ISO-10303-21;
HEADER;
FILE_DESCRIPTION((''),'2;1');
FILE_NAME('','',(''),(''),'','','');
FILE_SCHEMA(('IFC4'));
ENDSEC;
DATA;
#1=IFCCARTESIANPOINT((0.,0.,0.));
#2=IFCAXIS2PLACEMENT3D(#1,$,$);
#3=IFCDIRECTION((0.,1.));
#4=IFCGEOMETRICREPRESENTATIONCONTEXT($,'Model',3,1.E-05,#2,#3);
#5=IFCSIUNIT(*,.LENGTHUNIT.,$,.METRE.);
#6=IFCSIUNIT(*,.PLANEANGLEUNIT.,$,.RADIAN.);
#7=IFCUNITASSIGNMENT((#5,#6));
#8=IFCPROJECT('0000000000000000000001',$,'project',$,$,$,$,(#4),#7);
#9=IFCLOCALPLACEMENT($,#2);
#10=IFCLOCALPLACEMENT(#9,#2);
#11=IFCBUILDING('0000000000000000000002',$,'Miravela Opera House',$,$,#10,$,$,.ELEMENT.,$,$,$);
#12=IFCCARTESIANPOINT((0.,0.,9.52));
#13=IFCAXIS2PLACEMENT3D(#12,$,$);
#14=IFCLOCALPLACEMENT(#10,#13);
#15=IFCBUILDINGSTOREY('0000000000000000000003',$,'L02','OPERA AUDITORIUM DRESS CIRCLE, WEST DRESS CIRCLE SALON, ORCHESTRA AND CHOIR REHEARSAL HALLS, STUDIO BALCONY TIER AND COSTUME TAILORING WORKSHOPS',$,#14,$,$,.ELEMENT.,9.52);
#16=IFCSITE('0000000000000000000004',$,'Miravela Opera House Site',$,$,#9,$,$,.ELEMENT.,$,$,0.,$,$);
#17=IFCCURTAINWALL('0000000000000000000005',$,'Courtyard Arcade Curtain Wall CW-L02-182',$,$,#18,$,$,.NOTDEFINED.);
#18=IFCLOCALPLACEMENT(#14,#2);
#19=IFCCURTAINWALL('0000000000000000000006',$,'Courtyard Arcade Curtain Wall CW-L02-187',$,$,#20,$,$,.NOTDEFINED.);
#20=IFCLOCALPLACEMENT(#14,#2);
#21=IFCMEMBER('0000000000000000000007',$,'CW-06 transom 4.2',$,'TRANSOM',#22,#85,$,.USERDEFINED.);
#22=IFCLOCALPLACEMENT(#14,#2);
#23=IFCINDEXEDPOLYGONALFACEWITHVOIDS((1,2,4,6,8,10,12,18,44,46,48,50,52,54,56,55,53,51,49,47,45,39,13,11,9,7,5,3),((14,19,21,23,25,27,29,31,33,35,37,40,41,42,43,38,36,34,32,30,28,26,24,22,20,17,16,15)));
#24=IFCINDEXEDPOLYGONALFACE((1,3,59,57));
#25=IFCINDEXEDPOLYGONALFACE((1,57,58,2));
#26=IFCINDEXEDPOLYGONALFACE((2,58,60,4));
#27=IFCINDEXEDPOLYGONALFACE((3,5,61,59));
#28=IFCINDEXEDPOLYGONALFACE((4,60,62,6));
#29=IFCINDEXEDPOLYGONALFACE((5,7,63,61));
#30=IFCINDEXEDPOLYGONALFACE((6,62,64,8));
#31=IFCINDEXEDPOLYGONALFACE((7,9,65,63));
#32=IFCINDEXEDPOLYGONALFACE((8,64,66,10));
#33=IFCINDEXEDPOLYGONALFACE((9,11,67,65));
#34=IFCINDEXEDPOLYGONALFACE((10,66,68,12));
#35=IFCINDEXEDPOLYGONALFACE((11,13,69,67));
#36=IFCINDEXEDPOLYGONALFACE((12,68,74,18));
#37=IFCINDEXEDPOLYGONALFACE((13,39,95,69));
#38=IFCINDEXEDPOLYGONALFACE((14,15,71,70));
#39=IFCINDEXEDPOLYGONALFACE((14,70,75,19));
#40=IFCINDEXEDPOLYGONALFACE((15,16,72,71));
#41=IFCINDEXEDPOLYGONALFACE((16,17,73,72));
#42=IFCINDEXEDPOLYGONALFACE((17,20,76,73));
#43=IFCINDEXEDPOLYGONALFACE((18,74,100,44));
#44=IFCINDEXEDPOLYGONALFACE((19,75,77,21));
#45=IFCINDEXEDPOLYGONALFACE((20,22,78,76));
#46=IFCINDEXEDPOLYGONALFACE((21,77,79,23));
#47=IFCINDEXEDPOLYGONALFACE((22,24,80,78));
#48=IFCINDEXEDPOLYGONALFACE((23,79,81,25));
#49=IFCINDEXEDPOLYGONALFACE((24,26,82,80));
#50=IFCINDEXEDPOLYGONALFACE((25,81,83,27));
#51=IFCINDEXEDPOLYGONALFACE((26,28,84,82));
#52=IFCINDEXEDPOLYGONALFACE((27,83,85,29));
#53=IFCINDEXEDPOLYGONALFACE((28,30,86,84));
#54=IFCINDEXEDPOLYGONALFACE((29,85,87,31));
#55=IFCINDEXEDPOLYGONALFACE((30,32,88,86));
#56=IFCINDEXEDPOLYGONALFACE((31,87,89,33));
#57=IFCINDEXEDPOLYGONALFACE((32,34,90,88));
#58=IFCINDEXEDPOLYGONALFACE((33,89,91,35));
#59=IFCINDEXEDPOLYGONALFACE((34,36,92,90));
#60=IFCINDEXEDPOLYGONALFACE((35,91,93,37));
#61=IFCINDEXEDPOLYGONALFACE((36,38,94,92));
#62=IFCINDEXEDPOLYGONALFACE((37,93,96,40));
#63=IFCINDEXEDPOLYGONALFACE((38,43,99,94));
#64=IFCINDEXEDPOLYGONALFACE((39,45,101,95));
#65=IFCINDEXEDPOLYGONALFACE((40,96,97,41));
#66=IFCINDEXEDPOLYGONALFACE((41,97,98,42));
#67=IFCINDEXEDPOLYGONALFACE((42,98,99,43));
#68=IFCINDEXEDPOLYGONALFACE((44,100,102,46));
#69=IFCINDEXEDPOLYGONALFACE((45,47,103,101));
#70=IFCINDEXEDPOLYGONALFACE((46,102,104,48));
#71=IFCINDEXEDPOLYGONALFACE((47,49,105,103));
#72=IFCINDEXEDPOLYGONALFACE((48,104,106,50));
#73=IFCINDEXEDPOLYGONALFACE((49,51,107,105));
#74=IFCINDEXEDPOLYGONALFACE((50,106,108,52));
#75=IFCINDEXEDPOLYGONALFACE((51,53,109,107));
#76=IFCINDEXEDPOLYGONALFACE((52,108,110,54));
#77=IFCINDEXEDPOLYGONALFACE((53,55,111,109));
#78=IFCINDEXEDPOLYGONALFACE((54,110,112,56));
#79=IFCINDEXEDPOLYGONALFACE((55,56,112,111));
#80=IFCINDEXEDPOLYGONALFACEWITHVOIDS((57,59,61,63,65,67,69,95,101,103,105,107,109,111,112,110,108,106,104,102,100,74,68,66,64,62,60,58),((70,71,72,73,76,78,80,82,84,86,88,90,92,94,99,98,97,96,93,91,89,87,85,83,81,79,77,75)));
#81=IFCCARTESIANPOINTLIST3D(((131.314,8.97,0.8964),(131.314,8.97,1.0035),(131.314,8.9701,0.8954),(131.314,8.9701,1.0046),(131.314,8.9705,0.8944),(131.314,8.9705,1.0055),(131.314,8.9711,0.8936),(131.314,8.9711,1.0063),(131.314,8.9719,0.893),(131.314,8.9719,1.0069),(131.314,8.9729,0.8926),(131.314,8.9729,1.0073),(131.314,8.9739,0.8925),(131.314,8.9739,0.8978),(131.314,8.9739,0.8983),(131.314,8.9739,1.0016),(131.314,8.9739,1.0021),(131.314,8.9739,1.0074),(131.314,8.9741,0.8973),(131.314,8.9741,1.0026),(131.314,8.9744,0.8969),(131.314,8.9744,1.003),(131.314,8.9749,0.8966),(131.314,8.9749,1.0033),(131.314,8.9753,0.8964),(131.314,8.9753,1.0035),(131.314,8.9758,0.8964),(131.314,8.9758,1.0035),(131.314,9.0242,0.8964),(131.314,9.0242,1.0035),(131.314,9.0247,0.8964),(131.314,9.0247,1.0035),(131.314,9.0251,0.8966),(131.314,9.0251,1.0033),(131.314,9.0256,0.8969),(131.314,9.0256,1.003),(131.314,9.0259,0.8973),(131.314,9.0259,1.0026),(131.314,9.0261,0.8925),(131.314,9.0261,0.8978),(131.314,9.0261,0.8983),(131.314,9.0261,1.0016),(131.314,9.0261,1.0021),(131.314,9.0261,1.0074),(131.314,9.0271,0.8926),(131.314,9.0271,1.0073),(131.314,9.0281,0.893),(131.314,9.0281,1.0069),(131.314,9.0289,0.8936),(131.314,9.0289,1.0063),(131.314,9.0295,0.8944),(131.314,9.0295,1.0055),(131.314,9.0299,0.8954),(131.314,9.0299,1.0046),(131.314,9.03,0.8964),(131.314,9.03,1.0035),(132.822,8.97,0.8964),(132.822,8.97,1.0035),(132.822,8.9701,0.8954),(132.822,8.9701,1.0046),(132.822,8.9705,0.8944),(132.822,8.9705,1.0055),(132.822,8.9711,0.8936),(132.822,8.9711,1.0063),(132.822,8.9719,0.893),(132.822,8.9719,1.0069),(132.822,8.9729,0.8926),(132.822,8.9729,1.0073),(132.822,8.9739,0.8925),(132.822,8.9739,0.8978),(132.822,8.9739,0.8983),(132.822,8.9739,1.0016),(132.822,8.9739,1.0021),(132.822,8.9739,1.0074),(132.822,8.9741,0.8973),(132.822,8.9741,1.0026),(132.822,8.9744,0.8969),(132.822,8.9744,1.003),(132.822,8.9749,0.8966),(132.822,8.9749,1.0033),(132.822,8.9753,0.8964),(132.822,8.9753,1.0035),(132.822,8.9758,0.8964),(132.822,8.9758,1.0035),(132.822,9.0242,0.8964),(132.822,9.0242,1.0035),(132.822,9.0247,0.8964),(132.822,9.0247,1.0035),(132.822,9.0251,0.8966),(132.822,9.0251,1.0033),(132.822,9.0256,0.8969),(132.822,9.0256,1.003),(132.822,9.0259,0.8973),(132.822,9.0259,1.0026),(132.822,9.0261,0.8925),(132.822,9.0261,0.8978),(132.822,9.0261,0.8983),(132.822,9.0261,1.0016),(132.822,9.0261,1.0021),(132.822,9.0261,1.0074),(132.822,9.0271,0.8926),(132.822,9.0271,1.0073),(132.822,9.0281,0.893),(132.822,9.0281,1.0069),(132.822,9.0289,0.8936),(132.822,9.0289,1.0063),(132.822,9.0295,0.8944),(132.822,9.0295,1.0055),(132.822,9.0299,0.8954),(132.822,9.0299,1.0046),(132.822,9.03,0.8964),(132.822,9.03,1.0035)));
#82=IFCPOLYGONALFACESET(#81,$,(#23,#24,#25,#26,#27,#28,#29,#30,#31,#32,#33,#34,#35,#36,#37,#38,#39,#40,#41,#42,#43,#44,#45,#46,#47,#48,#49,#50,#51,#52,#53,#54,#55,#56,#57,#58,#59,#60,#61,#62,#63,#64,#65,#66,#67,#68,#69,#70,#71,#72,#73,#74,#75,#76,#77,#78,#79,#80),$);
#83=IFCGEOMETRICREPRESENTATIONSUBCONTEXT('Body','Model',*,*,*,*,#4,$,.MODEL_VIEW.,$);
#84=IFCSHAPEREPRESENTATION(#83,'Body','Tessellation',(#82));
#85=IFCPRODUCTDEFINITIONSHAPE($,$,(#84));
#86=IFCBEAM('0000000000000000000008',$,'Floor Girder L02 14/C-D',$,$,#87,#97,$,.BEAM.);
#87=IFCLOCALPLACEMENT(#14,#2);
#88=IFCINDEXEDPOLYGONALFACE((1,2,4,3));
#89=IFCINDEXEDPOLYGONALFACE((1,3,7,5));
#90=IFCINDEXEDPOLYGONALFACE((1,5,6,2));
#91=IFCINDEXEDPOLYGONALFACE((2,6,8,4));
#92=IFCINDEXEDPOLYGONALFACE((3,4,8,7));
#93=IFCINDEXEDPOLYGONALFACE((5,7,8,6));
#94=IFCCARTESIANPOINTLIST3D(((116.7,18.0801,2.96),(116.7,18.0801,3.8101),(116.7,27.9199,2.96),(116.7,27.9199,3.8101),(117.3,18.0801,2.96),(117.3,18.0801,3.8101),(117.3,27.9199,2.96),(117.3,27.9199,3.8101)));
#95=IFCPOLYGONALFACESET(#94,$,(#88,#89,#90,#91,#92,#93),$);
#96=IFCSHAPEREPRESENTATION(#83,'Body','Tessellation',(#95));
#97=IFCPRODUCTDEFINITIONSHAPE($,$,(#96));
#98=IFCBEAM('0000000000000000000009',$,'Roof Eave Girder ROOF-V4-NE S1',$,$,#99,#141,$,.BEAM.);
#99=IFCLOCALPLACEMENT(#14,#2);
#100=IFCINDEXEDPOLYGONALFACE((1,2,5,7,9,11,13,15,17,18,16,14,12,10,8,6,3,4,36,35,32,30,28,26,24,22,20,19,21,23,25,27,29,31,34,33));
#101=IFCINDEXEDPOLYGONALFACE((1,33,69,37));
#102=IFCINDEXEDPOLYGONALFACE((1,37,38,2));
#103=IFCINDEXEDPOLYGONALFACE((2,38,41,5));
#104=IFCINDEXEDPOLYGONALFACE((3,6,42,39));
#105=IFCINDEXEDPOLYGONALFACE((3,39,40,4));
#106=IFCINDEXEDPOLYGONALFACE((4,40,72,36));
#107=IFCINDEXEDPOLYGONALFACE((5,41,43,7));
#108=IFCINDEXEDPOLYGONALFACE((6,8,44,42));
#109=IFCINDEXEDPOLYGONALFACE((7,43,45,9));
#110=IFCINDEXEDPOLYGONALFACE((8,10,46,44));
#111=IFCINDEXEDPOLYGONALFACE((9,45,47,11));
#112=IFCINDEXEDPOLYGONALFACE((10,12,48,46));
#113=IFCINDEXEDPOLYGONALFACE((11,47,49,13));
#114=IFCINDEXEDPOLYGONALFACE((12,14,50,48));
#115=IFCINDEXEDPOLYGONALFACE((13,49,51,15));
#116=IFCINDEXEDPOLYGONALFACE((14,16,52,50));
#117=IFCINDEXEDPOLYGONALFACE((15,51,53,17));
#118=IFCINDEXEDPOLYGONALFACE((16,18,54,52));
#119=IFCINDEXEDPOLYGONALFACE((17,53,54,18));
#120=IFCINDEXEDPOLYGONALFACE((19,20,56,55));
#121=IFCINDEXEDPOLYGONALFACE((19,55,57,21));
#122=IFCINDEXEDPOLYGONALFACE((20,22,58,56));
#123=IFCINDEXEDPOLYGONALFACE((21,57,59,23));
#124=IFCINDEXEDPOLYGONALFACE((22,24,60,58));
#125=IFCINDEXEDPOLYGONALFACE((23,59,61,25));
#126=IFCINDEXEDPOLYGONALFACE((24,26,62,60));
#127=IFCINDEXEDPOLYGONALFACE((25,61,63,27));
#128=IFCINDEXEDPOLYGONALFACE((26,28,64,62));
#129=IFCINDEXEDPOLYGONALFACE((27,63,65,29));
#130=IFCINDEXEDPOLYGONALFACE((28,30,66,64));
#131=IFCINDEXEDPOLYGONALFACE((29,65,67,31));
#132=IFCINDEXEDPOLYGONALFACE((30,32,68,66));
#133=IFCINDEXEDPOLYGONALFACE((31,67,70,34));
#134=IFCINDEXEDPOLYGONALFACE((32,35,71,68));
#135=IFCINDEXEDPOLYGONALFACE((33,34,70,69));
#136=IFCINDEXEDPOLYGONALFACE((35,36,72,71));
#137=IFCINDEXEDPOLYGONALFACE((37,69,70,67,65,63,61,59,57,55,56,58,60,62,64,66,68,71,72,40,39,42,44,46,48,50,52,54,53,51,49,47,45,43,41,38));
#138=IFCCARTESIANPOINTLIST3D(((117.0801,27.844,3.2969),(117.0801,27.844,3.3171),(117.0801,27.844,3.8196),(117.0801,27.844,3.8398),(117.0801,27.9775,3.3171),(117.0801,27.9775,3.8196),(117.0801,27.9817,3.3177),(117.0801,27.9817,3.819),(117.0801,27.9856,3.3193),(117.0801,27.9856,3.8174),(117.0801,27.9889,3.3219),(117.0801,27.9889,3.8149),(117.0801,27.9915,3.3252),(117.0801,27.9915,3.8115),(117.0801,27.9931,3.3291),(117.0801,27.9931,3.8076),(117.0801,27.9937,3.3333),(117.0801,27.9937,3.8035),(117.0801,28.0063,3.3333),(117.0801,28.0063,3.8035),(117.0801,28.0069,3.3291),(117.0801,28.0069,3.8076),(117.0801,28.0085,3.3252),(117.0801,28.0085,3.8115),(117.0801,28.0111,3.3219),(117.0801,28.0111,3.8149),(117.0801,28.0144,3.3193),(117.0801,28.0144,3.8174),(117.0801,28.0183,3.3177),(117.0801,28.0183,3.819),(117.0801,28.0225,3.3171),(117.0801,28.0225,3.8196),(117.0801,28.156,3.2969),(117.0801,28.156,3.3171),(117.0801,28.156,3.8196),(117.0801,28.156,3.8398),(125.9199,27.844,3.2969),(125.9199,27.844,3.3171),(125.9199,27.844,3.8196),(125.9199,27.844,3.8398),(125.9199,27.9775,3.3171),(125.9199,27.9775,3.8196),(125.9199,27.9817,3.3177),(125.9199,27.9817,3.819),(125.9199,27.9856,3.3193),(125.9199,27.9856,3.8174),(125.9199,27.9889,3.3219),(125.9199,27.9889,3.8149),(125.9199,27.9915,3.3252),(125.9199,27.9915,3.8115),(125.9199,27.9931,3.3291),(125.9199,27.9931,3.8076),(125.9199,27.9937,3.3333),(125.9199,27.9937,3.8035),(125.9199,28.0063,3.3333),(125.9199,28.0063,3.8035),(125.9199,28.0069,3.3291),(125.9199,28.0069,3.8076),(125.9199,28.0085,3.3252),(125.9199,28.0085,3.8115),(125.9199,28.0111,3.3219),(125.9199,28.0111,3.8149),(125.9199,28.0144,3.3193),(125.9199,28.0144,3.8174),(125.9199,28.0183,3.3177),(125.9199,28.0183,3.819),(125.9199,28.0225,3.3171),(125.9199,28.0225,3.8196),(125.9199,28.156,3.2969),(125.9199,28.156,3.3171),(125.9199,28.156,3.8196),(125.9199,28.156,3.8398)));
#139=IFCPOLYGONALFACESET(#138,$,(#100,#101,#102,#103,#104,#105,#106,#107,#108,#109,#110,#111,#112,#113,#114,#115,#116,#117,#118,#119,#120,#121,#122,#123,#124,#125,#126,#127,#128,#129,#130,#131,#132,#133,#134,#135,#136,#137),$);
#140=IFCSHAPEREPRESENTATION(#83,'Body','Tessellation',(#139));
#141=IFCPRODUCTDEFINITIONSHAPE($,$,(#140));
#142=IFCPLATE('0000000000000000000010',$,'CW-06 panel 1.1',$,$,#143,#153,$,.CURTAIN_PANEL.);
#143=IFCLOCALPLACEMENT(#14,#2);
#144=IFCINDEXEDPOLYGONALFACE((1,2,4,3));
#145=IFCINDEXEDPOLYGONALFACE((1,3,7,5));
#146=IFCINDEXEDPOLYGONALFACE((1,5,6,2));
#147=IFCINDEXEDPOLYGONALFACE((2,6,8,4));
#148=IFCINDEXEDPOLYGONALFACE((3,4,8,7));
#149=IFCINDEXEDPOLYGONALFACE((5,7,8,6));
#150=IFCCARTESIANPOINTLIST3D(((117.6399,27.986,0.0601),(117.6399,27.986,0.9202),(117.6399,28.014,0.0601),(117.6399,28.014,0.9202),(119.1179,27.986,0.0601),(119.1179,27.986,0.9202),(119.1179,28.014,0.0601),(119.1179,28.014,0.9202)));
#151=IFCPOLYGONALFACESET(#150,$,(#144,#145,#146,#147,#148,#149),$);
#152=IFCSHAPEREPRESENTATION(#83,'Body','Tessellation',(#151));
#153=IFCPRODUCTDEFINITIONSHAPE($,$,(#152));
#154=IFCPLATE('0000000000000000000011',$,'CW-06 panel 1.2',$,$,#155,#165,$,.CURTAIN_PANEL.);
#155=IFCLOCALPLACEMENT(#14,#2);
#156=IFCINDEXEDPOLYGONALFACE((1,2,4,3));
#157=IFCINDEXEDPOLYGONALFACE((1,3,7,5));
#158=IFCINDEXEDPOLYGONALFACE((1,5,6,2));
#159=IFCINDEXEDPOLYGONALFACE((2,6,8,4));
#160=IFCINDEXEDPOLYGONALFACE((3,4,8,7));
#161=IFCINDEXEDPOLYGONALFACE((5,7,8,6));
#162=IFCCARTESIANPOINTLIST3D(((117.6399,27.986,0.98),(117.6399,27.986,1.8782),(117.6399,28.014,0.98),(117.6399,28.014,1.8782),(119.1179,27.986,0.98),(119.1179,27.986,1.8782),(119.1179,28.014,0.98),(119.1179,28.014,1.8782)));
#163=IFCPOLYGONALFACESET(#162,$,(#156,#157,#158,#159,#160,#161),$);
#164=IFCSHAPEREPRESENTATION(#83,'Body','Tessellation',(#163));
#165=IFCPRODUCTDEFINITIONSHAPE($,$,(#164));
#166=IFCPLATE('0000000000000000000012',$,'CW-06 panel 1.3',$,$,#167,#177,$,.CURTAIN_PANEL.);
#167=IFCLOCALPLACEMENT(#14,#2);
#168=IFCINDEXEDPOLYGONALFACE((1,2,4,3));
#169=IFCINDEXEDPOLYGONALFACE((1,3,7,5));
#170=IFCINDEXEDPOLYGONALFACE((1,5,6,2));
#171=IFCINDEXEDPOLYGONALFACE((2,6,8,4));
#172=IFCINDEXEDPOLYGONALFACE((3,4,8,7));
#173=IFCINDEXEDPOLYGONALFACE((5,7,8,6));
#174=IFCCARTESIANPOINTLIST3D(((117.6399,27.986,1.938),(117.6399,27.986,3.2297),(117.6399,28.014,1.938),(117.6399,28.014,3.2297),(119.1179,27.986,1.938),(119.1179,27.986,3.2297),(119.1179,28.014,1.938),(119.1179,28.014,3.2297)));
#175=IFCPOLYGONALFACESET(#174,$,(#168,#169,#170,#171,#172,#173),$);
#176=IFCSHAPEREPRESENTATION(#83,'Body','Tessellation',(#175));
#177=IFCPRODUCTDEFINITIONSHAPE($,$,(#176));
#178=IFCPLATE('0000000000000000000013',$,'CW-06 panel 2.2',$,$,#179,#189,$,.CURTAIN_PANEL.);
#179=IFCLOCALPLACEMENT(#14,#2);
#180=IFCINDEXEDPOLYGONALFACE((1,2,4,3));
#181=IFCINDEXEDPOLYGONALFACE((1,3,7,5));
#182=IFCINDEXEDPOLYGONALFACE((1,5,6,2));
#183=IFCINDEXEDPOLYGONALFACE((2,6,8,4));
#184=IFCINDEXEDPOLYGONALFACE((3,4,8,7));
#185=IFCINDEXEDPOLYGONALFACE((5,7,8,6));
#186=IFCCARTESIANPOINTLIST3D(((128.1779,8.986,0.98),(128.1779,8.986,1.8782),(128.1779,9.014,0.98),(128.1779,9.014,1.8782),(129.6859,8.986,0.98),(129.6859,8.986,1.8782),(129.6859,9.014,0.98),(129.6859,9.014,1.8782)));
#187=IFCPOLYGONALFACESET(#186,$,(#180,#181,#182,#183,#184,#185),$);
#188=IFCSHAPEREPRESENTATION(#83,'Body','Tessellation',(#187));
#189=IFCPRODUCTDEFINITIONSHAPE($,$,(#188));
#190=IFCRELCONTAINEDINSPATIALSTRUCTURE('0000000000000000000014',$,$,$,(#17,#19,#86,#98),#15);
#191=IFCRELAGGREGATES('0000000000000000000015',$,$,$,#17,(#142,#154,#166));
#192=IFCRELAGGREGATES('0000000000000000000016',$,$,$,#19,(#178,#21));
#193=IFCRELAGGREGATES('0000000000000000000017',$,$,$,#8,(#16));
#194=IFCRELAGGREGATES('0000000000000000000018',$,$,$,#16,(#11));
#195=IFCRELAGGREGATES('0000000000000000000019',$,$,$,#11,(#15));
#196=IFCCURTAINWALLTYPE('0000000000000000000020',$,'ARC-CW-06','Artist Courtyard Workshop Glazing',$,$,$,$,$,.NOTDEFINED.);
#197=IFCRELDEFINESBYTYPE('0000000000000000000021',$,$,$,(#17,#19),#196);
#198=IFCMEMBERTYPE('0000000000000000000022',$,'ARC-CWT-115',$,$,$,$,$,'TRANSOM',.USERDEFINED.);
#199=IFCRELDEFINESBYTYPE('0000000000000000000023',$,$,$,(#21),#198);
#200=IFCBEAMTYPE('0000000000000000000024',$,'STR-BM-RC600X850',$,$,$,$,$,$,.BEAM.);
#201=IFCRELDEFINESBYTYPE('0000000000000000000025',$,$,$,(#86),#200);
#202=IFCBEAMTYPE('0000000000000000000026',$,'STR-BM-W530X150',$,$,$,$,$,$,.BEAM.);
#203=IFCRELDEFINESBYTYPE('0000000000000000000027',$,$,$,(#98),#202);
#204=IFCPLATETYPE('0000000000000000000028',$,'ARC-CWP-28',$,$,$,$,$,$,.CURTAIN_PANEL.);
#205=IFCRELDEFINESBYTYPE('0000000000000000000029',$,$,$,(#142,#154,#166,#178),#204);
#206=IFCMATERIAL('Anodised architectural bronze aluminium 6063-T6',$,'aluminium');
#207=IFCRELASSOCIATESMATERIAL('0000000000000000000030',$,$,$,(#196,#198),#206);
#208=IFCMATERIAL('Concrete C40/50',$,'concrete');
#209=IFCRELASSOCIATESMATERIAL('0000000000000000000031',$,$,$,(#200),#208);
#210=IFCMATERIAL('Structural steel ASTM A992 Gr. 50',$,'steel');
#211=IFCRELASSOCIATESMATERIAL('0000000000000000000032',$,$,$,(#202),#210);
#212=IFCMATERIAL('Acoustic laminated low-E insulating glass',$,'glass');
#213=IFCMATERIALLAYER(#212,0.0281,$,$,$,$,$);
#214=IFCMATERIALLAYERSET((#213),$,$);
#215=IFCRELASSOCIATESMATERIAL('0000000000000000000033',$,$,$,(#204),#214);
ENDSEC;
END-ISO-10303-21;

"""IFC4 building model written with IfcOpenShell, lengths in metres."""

from ifc_helpers import new_model, si_unit, direction, frame, origin, origin_2d, place, context, subcontext, project, spatial, rectangle, hollow_rectangle, i_section, extrude, material, layer, layer_set, material_profile, profile_set, type_object, element, aggregate, save


model = new_model("IFC4")

# Units and contexts
model_context = context("Model", 3, precision=1e-05, world=origin(), true_north=direction((0.0, 1.0)))
body_context = subcontext(model_context, "Body", "Model", "MODEL_VIEW")
ifc_project = project(units=[si_unit("LENGTHUNIT", "METRE"), si_unit("PLANEANGLEUNIT", "RADIAN")], contexts=[model_context])

# Site, building, storey
site_placement = place(None, origin())
site = spatial("IfcSite", under=ifc_project, at=site_placement, Name="Miravela Opera House Site", CompositionType="ELEMENT", RefElevation=0.0)
building_placement = place(site_placement, origin())
building = spatial("IfcBuilding", under=site, at=building_placement, Name="Miravela Opera House", CompositionType="ELEMENT")
storey_placement = place(building_placement, frame((0.0, 0.0, 9.52)))
storey = spatial("IfcBuildingStorey", under=building, at=storey_placement, Name="L02", Description="OPERA AUDITORIUM DRESS CIRCLE, WEST DRESS CIRCLE SALON, ORCHESTRA AND CHOIR REHEARSAL HALLS, STUDIO BALCONY TIER AND COSTUME TAILORING WORKSHOPS", CompositionType="ELEMENT", Elevation=9.52)

# Curtain wall
ifc_material_1 = material(Name="Anodised architectural bronze aluminium 6063-T6", Category="aluminium")
curtain_wall_type = type_object("IfcCurtainWallType", Name="ARC-CW-06", Description="Artist Courtyard Workshop Glazing", PredefinedType="NOTDEFINED", material=ifc_material_1)
curtain_wall_1_placement = place(storey_placement, origin())
curtain_wall_1 = element("IfcCurtainWall", 1, at=curtain_wall_1_placement, inside=storey, type_object=curtain_wall_type, Name="Courtyard Arcade Curtain Wall CW-L02-182", PredefinedType="NOTDEFINED")

# Curtain wall
curtain_wall_2_placement = place(storey_placement, origin())
curtain_wall_2 = element("IfcCurtainWall", 2, at=curtain_wall_2_placement, inside=storey, type_object=curtain_wall_type, Name="Courtyard Arcade Curtain Wall CW-L02-187", PredefinedType="NOTDEFINED")

# Member
ifc_material_profile_1 = material_profile(ifc_material_1, hollow_rectangle(XDim=0.0601, YDim=0.115, WallThickness=0.0039, InnerFilletRadius=0.002, OuterFilletRadius=0.0039, at=origin_2d()), Name="CWT-60X115")
ifc_profile_set_1 = profile_set([ifc_material_profile_1])
member_type_1 = type_object("IfcMemberType", Name="ARC-CWT-115", ElementType="TRANSOM", PredefinedType="USERDEFINED", material=ifc_profile_set_1)
member_1_placement = place(storey_placement, frame((131.314, 9.0, 0.95), z_axis=(1.0, 0.0, 0.0), x_axis=(0.0, 1.0, 0.0)))
member_1 = element("IfcMember", 3, at=member_1_placement, type_object=member_type_1, Name="CW-06 transom 4.2", ObjectType="TRANSOM", PredefinedType="USERDEFINED", context=body_context, shape_type="SweptSolid", body=[
    extrude(hollow_rectangle(XDim=0.0601, YDim=0.115, WallThickness=0.0039, InnerFilletRadius=0.002, OuterFilletRadius=0.0039, at=origin_2d()), origin(), (0.0, 0.0, 1.0), 1.5081),
])

# Beams
ifc_material_2 = material(Name="Concrete C40/50", Category="concrete")
ifc_material_profile_2 = material_profile(ifc_material_2, rectangle(XDim=0.6001, YDim=0.8501, at=origin_2d()), Name="RC-BM-600X850")
ifc_profile_set_2 = profile_set([ifc_material_profile_2])
beam_type_1 = type_object("IfcBeamType", Name="STR-BM-RC600X850", PredefinedType="BEAM", material=ifc_profile_set_2)
beam_1_placement = place(storey_placement, frame((117.0, 18.0801, 3.385), z_axis=(0.0, 1.0, 0.0), x_axis=(-1.0, 0.0, 0.0)))
element("IfcBeam", 4, at=beam_1_placement, inside=storey, type_object=beam_type_1, Name="Floor Girder L02 14/C-D", PredefinedType="BEAM", context=body_context, shape_type="SweptSolid", body=[
    extrude(rectangle(XDim=0.6001, YDim=0.8501, at=origin_2d()), origin(), (0.0, 0.0, 1.0), 9.8398),
])
ifc_material_3 = material(Name="Structural steel ASTM A992 Gr. 50", Category="steel")
ifc_material_profile_3 = material_profile(ifc_material_3, i_section(OverallWidth=0.312, OverallDepth=0.543, WebThickness=0.0127, FlangeThickness=0.0203, FilletRadius=0.0161, at=origin_2d()), Name="W530X150")
ifc_profile_set_3 = profile_set([ifc_material_profile_3])
beam_type_2 = type_object("IfcBeamType", Name="STR-BM-W530X150", PredefinedType="BEAM", material=ifc_profile_set_3)
beam_2_placement = place(storey_placement, frame((117.0801, 28.0, 3.5684), z_axis=(1.0, 0.0, 0.0), x_axis=(0.0, 1.0, 0.0)))
element("IfcBeam", 5, at=beam_2_placement, inside=storey, type_object=beam_type_2, Name="Roof Eave Girder ROOF-V4-NE S1", PredefinedType="BEAM", context=body_context, shape_type="SweptSolid", body=[
    extrude(i_section(OverallWidth=0.312, OverallDepth=0.543, WebThickness=0.0127, FlangeThickness=0.0203, FilletRadius=0.0161, at=origin_2d()), origin(), (0.0, 0.0, 1.0), 8.8398),
])

# Plates
ifc_material_4 = material(Name="Acoustic laminated low-E insulating glass", Category="glass")
ifc_layer = layer(ifc_material_4, 0.0281)
ifc_layer_set = layer_set([ifc_layer])
plate_type = type_object("IfcPlateType", Name="ARC-CWP-28", PredefinedType="CURTAIN_PANEL", material=ifc_layer_set)
plate_1_placement = place(storey_placement, frame((118.3789, 28.0, 0.0601), z_axis=(0.0, 0.0, 1.0), x_axis=(1.0, 0.0, 0.0)))
plate_1 = element("IfcPlate", 6, at=plate_1_placement, type_object=plate_type, Name="CW-06 panel 1.1", PredefinedType="CURTAIN_PANEL", context=body_context, shape_type="SweptSolid", body=[
    extrude(rectangle(XDim=1.478, YDim=0.0281, at=origin_2d()), origin(), (0.0, 0.0, 1.0), 0.8601),
])
plate_2_placement = place(storey_placement, frame((118.3789, 28.0, 0.98), z_axis=(0.0, 0.0, 1.0), x_axis=(1.0, 0.0, 0.0)))
plate_2 = element("IfcPlate", 7, at=plate_2_placement, type_object=plate_type, Name="CW-06 panel 1.2", PredefinedType="CURTAIN_PANEL", context=body_context, shape_type="SweptSolid", body=[
    extrude(rectangle(XDim=1.478, YDim=0.0281, at=origin_2d()), origin(), (0.0, 0.0, 1.0), 0.8982),
])
plate_3_placement = place(storey_placement, frame((118.3789, 28.0, 1.938), z_axis=(0.0, 0.0, 1.0), x_axis=(1.0, 0.0, 0.0)))
plate_3 = element("IfcPlate", 8, at=plate_3_placement, type_object=plate_type, Name="CW-06 panel 1.3", PredefinedType="CURTAIN_PANEL", context=body_context, shape_type="SweptSolid", body=[
    extrude(rectangle(XDim=1.478, YDim=0.0281, at=origin_2d()), origin(), (0.0, 0.0, 1.0), 1.2917),
])
aggregate(curtain_wall_1, [plate_1, plate_2, plate_3])
plate_4_placement = place(storey_placement, frame((128.9319, 9.0, 0.98), z_axis=(0.0, 0.0, 1.0), x_axis=(1.0, 0.0, 0.0)))
plate_4 = element("IfcPlate", 9, at=plate_4_placement, type_object=plate_type, Name="CW-06 panel 2.2", PredefinedType="CURTAIN_PANEL", context=body_context, shape_type="SweptSolid", body=[
    extrude(rectangle(XDim=1.5081, YDim=0.0281, at=origin_2d()), origin(), (0.0, 0.0, 1.0), 0.8982),
])
aggregate(curtain_wall_2, [plate_4, member_1])

save(model, "model.ifc")
